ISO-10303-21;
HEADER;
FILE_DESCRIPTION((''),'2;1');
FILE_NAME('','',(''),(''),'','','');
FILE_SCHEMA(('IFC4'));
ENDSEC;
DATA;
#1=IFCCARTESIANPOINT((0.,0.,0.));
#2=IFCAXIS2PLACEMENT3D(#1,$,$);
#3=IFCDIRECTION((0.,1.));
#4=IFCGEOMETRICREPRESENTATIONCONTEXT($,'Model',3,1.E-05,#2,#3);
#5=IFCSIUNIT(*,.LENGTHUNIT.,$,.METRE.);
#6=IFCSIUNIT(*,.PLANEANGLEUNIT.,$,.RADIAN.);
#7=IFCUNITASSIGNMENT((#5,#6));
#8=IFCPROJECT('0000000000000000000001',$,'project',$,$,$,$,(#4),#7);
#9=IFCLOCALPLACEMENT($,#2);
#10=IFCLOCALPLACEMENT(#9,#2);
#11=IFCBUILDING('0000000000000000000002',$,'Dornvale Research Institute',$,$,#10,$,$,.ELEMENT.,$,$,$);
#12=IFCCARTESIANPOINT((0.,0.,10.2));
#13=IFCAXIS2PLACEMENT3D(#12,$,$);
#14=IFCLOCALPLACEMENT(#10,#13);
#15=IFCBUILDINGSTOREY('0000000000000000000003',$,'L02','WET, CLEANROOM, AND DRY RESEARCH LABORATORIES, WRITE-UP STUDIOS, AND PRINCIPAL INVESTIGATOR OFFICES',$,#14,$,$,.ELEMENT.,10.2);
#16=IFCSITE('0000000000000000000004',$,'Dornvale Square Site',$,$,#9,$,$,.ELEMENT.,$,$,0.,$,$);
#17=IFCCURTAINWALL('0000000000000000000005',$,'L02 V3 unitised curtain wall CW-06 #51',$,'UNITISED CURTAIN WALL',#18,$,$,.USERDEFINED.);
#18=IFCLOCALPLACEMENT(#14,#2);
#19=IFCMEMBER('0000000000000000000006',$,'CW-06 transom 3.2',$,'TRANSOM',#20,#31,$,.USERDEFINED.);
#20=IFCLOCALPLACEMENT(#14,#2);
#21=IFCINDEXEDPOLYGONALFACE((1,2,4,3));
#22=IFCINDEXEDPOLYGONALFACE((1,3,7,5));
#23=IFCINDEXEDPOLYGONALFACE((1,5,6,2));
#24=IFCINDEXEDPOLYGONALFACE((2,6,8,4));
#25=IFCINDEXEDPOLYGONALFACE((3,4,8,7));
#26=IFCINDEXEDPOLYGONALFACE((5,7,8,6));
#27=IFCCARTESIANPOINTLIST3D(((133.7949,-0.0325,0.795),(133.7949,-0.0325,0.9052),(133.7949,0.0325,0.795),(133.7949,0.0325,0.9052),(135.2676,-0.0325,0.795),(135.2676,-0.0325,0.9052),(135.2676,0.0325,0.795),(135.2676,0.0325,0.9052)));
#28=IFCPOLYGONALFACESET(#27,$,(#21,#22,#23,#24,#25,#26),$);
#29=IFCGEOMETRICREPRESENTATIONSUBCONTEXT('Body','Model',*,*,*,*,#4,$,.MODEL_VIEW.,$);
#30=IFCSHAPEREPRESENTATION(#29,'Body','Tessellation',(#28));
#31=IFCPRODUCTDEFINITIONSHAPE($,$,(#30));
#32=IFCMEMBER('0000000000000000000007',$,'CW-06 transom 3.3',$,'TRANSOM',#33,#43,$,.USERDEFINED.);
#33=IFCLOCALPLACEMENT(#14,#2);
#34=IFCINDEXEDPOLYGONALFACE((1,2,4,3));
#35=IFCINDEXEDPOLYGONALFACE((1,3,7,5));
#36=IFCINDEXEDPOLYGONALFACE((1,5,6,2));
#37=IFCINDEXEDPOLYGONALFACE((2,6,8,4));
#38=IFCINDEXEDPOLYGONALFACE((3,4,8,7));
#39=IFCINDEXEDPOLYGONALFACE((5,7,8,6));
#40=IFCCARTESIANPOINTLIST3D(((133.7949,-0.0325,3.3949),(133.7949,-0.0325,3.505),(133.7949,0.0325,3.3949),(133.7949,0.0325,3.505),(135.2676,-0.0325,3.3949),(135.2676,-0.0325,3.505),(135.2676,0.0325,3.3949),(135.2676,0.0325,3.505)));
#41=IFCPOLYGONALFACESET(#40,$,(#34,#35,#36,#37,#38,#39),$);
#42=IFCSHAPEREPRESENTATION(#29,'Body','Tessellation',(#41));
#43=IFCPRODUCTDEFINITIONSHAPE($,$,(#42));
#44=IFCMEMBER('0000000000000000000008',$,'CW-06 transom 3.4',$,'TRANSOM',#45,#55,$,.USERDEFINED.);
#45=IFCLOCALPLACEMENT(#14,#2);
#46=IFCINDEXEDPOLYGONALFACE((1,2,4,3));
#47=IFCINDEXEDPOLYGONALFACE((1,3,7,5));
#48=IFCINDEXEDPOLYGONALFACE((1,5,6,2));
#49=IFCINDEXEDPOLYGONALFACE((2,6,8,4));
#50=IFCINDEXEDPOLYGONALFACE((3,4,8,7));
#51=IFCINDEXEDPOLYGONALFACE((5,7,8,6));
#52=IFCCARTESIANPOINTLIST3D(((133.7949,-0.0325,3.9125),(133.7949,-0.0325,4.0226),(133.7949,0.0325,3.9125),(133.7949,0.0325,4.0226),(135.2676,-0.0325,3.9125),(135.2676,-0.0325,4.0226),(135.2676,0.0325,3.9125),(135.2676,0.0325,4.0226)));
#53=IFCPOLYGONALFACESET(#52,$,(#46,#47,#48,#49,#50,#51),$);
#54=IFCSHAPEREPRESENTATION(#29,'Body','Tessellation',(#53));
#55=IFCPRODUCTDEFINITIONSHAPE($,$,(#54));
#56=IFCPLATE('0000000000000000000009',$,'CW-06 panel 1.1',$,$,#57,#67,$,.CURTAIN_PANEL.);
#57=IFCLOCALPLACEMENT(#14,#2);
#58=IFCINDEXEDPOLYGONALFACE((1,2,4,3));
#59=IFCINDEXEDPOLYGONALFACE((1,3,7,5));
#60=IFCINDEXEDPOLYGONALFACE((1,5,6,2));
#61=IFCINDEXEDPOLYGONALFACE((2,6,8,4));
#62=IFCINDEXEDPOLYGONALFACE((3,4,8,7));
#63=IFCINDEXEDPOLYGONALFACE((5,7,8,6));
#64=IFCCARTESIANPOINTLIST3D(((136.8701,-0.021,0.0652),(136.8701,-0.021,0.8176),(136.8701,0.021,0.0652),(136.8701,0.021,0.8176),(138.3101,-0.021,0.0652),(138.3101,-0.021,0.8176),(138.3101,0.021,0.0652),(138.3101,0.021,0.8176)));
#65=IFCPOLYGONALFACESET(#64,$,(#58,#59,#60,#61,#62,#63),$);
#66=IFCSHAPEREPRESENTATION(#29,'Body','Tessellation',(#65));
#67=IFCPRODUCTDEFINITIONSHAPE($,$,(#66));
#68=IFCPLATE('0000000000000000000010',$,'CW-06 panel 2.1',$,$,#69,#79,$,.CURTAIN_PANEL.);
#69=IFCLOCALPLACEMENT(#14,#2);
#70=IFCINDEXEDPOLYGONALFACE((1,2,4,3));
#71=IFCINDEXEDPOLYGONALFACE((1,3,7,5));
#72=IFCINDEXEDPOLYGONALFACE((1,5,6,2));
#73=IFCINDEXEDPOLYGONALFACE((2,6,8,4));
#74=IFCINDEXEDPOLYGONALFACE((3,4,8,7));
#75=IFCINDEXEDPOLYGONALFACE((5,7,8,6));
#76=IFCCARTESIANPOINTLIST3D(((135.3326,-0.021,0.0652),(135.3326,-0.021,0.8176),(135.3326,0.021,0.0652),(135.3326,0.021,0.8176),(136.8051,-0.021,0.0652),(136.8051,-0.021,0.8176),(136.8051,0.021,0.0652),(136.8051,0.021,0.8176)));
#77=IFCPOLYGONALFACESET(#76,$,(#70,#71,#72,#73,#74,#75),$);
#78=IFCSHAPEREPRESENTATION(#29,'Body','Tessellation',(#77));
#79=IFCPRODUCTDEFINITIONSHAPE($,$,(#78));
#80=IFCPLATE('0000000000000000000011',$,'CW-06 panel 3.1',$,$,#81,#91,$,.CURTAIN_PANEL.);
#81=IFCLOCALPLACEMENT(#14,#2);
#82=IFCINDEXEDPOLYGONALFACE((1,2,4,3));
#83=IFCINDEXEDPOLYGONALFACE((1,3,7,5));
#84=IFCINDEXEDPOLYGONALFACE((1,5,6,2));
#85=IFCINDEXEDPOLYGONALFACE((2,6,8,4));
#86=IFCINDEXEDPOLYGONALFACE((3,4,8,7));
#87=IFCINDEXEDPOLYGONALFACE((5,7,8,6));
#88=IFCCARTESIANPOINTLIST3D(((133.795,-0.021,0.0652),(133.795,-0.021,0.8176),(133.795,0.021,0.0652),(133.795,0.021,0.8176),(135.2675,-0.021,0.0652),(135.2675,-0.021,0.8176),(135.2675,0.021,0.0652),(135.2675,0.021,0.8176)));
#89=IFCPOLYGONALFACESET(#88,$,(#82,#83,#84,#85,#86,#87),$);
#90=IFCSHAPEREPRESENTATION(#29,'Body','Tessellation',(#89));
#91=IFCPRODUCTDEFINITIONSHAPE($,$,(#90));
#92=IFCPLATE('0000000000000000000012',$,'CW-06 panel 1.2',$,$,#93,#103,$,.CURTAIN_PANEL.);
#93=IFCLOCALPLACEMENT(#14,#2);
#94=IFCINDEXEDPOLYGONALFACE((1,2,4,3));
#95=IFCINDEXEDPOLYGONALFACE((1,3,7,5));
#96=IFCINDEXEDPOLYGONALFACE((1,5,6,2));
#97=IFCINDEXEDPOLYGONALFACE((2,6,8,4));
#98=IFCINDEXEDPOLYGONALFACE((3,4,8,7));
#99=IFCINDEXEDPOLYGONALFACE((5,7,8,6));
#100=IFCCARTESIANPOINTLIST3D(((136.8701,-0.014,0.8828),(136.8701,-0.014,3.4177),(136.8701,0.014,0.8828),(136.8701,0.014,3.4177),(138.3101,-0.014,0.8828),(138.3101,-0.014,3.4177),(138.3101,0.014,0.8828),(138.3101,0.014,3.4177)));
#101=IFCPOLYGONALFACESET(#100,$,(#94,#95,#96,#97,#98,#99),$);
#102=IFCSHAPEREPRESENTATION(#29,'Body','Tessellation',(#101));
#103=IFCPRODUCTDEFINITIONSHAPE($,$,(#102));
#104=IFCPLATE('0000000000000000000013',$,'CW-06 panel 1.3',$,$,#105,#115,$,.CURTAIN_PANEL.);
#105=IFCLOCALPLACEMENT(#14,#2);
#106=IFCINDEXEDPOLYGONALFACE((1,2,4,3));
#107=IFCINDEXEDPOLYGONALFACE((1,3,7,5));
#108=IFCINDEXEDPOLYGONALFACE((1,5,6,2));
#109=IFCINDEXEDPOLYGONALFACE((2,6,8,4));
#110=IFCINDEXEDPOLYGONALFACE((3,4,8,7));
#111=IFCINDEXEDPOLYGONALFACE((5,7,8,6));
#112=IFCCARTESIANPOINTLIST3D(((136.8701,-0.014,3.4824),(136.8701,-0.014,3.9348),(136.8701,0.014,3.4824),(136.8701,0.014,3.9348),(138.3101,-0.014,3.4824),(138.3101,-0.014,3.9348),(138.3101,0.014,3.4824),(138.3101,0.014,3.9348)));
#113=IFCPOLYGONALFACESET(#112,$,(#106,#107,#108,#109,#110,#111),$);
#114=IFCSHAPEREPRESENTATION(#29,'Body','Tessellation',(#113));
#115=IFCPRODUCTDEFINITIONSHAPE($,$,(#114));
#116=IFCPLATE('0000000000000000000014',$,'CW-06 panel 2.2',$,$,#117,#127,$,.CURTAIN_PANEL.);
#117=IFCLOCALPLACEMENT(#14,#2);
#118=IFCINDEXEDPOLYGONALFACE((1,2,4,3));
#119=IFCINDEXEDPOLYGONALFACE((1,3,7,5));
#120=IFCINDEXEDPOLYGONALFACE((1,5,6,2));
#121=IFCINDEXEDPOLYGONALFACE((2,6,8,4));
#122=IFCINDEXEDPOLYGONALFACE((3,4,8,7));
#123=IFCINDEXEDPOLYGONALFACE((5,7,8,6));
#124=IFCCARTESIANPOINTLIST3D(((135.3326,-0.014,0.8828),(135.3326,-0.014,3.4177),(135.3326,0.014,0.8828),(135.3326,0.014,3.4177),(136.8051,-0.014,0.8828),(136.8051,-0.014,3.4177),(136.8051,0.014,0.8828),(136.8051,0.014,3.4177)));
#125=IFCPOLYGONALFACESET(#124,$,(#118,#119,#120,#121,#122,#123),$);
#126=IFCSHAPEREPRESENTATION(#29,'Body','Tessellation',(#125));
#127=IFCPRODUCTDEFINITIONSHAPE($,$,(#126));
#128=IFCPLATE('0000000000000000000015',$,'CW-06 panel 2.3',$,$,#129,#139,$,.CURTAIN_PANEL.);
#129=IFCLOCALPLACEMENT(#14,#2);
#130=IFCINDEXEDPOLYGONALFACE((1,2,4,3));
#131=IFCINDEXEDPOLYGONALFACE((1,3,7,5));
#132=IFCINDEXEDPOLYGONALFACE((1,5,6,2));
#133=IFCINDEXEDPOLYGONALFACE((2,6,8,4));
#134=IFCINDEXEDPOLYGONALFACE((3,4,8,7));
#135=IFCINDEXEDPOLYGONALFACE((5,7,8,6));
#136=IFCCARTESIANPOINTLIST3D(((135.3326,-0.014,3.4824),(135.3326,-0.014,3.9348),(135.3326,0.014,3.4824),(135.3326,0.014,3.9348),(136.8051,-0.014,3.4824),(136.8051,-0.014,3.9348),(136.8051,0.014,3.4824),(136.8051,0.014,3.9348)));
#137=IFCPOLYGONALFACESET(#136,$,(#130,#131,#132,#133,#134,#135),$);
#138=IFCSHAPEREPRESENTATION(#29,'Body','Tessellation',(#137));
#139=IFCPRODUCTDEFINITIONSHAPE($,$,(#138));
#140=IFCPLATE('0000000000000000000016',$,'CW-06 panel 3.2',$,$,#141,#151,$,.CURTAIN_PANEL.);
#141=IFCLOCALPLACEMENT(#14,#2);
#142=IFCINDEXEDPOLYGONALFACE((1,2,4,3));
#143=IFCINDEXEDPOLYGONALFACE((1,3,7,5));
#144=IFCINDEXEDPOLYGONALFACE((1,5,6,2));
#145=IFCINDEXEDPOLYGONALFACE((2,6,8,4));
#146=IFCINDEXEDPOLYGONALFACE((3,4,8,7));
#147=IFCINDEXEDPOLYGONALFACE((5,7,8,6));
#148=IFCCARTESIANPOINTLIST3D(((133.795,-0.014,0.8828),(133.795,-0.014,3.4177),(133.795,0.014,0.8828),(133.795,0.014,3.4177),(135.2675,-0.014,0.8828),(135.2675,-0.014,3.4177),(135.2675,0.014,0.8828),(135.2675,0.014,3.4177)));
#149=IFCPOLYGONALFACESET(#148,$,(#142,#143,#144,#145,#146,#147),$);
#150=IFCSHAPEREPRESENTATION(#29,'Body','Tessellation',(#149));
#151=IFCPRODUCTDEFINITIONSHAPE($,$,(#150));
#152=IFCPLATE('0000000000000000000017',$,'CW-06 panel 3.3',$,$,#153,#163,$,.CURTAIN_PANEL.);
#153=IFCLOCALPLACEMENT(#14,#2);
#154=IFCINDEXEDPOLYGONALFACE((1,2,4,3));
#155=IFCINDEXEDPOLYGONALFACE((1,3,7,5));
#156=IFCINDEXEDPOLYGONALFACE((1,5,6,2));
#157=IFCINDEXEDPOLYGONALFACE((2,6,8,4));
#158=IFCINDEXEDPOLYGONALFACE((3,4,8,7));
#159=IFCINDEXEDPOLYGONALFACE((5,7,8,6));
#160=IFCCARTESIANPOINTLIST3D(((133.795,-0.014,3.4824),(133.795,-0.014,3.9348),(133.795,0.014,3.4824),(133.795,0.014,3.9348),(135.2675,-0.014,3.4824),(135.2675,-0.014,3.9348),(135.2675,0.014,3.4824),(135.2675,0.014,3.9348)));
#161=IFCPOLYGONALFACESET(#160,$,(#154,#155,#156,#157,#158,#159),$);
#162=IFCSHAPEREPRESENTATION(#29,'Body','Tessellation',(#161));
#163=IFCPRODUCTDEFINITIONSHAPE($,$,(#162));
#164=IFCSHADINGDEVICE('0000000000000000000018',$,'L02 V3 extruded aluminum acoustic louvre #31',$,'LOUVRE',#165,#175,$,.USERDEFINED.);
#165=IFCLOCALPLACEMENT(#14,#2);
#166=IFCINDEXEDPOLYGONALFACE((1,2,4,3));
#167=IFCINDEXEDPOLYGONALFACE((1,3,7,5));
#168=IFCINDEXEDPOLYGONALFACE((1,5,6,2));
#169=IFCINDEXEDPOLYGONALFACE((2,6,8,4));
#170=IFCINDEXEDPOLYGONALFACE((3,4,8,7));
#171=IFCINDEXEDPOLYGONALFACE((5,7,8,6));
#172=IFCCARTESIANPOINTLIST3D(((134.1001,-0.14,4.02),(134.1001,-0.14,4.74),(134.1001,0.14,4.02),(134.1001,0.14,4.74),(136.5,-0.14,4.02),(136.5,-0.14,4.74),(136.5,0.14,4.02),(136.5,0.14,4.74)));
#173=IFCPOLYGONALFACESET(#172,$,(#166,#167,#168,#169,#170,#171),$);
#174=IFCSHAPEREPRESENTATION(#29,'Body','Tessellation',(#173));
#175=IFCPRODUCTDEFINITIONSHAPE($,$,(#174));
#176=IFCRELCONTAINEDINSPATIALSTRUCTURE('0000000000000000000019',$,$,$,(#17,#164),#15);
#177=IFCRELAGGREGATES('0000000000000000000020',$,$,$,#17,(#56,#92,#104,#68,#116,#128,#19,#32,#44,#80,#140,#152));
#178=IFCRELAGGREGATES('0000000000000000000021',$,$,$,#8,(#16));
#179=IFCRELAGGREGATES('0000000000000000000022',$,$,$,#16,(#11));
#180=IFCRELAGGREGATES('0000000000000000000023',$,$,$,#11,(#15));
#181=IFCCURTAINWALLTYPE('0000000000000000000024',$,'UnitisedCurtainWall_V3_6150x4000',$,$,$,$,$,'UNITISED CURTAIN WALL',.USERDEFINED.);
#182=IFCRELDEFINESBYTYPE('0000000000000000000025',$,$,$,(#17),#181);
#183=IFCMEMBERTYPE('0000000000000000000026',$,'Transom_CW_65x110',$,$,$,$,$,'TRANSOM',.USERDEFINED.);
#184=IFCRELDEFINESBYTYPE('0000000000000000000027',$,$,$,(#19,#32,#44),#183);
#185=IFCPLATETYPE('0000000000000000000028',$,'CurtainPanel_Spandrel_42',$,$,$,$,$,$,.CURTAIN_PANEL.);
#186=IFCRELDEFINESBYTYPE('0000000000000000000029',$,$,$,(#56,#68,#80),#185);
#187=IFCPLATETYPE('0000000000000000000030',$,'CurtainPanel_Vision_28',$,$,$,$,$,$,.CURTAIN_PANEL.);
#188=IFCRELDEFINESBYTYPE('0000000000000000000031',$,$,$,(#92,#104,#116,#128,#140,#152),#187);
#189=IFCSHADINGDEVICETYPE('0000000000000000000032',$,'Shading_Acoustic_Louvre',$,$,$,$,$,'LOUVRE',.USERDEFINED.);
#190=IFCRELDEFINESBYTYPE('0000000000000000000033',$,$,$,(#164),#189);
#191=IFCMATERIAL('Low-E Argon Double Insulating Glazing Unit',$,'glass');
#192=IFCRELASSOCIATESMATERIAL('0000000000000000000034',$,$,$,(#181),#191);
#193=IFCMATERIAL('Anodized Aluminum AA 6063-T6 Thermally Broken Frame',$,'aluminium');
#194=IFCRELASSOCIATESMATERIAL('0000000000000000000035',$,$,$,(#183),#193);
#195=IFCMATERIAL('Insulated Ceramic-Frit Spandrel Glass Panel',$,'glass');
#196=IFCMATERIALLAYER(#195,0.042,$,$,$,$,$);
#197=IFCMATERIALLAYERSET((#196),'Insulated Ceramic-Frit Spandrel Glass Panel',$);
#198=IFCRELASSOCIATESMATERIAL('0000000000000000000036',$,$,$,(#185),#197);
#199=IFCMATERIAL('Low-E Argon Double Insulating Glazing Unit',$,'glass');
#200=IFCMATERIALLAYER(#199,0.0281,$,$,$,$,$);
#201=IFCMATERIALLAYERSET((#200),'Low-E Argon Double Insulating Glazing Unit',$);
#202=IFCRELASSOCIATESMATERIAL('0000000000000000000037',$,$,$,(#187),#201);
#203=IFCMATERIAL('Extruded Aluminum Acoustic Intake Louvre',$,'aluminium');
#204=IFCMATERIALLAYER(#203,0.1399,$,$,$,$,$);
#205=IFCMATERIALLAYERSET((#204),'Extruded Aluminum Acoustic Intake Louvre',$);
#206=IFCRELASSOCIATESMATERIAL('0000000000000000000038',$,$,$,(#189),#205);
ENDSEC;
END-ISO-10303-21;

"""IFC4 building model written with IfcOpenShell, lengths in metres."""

from ifc_helpers import new_model, si_unit, direction, frame, origin, origin_2d, place, context, subcontext, project, spatial, rectangle, extrude, material, layer, layer_set, material_profile, profile_set, type_object, element, aggregate, save


model = new_model("IFC4")

# Units and contexts
model_context = context("Model", 3, precision=1e-05, world=origin(), true_north=direction((0.0, 1.0)))
body_context = subcontext(model_context, "Body", "Model", "MODEL_VIEW")
ifc_project = project(units=[si_unit("LENGTHUNIT", "METRE"), si_unit("PLANEANGLEUNIT", "RADIAN")], contexts=[model_context])

# Site, building, storey
site_placement = place(None, origin())
site = spatial("IfcSite", under=ifc_project, at=site_placement, Name="Dornvale Square Site", CompositionType="ELEMENT", RefElevation=0.0)
building_placement = place(site_placement, origin())
building = spatial("IfcBuilding", under=site, at=building_placement, Name="Dornvale Research Institute", CompositionType="ELEMENT")
storey_placement = place(building_placement, frame((0.0, 0.0, 10.2)))
storey = spatial("IfcBuildingStorey", under=building, at=storey_placement, Name="L02", Description="WET, CLEANROOM, AND DRY RESEARCH LABORATORIES, WRITE-UP STUDIOS, AND PRINCIPAL INVESTIGATOR OFFICES", CompositionType="ELEMENT", Elevation=10.2)

# Curtain wall, members, plates
ifc_material_1 = material(Name="Low-E Argon Double Insulating Glazing Unit", Category="glass")
curtain_wall_type = type_object("IfcCurtainWallType", Name="UnitisedCurtainWall_V3_6150x4000", ElementType="UNITISED CURTAIN WALL", PredefinedType="USERDEFINED", material=ifc_material_1)
curtain_wall_placement = place(storey_placement, origin())
curtain_wall = element("IfcCurtainWall", 1, at=curtain_wall_placement, inside=storey, type_object=curtain_wall_type, Name="L02 V3 unitised curtain wall CW-06 #51", ObjectType="UNITISED CURTAIN WALL", PredefinedType="USERDEFINED")
ifc_material_2 = material(Name="Anodized Aluminum AA 6063-T6 Thermally Broken Frame", Category="aluminium")
ifc_material_profile_1 = material_profile(ifc_material_2, rectangle(XDim=0.0649, YDim=0.1101, at=origin_2d()), Name="ALU TRANSOM 65x110")
ifc_profile_set_1 = profile_set([ifc_material_profile_1], Name="Anodized Aluminum AA 6063-T6 Thermally Broken Frame")
member_type_1 = type_object("IfcMemberType", Name="Transom_CW_65x110", ElementType="TRANSOM", PredefinedType="USERDEFINED", material=ifc_profile_set_1)
member_1_placement = place(storey_placement, frame((135.2676, 0.0, 0.8501), z_axis=(-1.0, 0.0, 0.0), x_axis=(0.0, -1.0, 0.0)))
member_1 = element("IfcMember", 2, at=member_1_placement, type_object=member_type_1, Name="CW-06 transom 3.2", ObjectType="TRANSOM", PredefinedType="USERDEFINED", context=body_context, shape_type="SweptSolid", body=[
    extrude(rectangle(XDim=0.0649, YDim=0.1101, at=origin_2d()), origin(), (0.0, 0.0, 1.0), 1.4727),
])
member_2_placement = place(storey_placement, frame((135.2676, 0.0, 3.45), z_axis=(-1.0, 0.0, 0.0), x_axis=(0.0, -1.0, 0.0)))
member_2 = element("IfcMember", 3, at=member_2_placement, type_object=member_type_1, Name="CW-06 transom 3.3", ObjectType="TRANSOM", PredefinedType="USERDEFINED", context=body_context, shape_type="SweptSolid", body=[
    extrude(rectangle(XDim=0.0649, YDim=0.1101, at=origin_2d()), origin(), (0.0, 0.0, 1.0), 1.4727),
])
member_3_placement = place(storey_placement, frame((135.2676, 0.0, 3.9675), z_axis=(-1.0, 0.0, 0.0), x_axis=(0.0, -1.0, 0.0)))
member_3 = element("IfcMember", 4, at=member_3_placement, type_object=member_type_1, Name="CW-06 transom 3.4", ObjectType="TRANSOM", PredefinedType="USERDEFINED", context=body_context, shape_type="SweptSolid", body=[
    extrude(rectangle(XDim=0.0649, YDim=0.1101, at=origin_2d()), origin(), (0.0, 0.0, 1.0), 1.4727),
])
ifc_material_3 = material(Name="Insulated Ceramic-Frit Spandrel Glass Panel", Category="glass")
ifc_layer_1 = layer(ifc_material_3, 0.042)
ifc_layer_set_1 = layer_set([ifc_layer_1], Name="Insulated Ceramic-Frit Spandrel Glass Panel")
plate_type_1 = type_object("IfcPlateType", Name="CurtainPanel_Spandrel_42", PredefinedType="CURTAIN_PANEL", material=ifc_layer_set_1)
plate_1_placement = place(storey_placement, frame((137.5901, 0.0, 0.0652), z_axis=(0.0, 0.0, 1.0), x_axis=(-1.0, 0.0, 0.0)))
plate_1 = element("IfcPlate", 5, at=plate_1_placement, type_object=plate_type_1, Name="CW-06 panel 1.1", PredefinedType="CURTAIN_PANEL", context=body_context, shape_type="SweptSolid", body=[
    extrude(rectangle(XDim=1.4399, YDim=0.042, at=origin_2d()), origin(), (0.0, 0.0, 1.0), 0.7524),
])
plate_2_placement = place(storey_placement, frame((136.0688, 0.0, 0.0652), z_axis=(0.0, 0.0, 1.0), x_axis=(-1.0, 0.0, 0.0)))
plate_2 = element("IfcPlate", 6, at=plate_2_placement, type_object=plate_type_1, Name="CW-06 panel 2.1", PredefinedType="CURTAIN_PANEL", context=body_context, shape_type="SweptSolid", body=[
    extrude(rectangle(XDim=1.4724, YDim=0.042, at=origin_2d()), origin(), (0.0, 0.0, 1.0), 0.7524),
])
plate_3_placement = place(storey_placement, frame((134.5312, 0.0, 0.0652), z_axis=(0.0, 0.0, 1.0), x_axis=(-1.0, 0.0, 0.0)))
plate_3 = element("IfcPlate", 7, at=plate_3_placement, type_object=plate_type_1, Name="CW-06 panel 3.1", PredefinedType="CURTAIN_PANEL", context=body_context, shape_type="SweptSolid", body=[
    extrude(rectangle(XDim=1.4724, YDim=0.042, at=origin_2d()), origin(), (0.0, 0.0, 1.0), 0.7524),
])
ifc_material_4 = material(Name="Low-E Argon Double Insulating Glazing Unit", Category="glass")
ifc_layer_2 = layer(ifc_material_4, 0.0281)
ifc_layer_set_2 = layer_set([ifc_layer_2], Name="Low-E Argon Double Insulating Glazing Unit")
plate_type_2 = type_object("IfcPlateType", Name="CurtainPanel_Vision_28", PredefinedType="CURTAIN_PANEL", material=ifc_layer_set_2)
plate_4_placement = place(storey_placement, frame((137.5901, 0.0, 0.8828), z_axis=(0.0, 0.0, 1.0), x_axis=(-1.0, 0.0, 0.0)))
plate_4 = element("IfcPlate", 8, at=plate_4_placement, type_object=plate_type_2, Name="CW-06 panel 1.2", PredefinedType="CURTAIN_PANEL", context=body_context, shape_type="SweptSolid", body=[
    extrude(rectangle(XDim=1.4399, YDim=0.0281, at=origin_2d()), origin(), (0.0, 0.0, 1.0), 2.5349),
])
plate_5_placement = place(storey_placement, frame((137.5901, 0.0, 3.4824), z_axis=(0.0, 0.0, 1.0), x_axis=(-1.0, 0.0, 0.0)))
plate_5 = element("IfcPlate", 9, at=plate_5_placement, type_object=plate_type_2, Name="CW-06 panel 1.3", PredefinedType="CURTAIN_PANEL", context=body_context, shape_type="SweptSolid", body=[
    extrude(rectangle(XDim=1.4399, YDim=0.0281, at=origin_2d()), origin(), (0.0, 0.0, 1.0), 0.4524),
])
plate_6_placement = place(storey_placement, frame((136.0688, 0.0, 0.8828), z_axis=(0.0, 0.0, 1.0), x_axis=(-1.0, 0.0, 0.0)))
plate_6 = element("IfcPlate", 10, at=plate_6_placement, type_object=plate_type_2, Name="CW-06 panel 2.2", PredefinedType="CURTAIN_PANEL", context=body_context, shape_type="SweptSolid", body=[
    extrude(rectangle(XDim=1.4724, YDim=0.0281, at=origin_2d()), origin(), (0.0, 0.0, 1.0), 2.5349),
])
plate_7_placement = place(storey_placement, frame((136.0688, 0.0, 3.4824), z_axis=(0.0, 0.0, 1.0), x_axis=(-1.0, 0.0, 0.0)))
plate_7 = element("IfcPlate", 11, at=plate_7_placement, type_object=plate_type_2, Name="CW-06 panel 2.3", PredefinedType="CURTAIN_PANEL", context=body_context, shape_type="SweptSolid", body=[
    extrude(rectangle(XDim=1.4724, YDim=0.0281, at=origin_2d()), origin(), (0.0, 0.0, 1.0), 0.4524),
])
plate_8_placement = place(storey_placement, frame((134.5312, 0.0, 0.8828), z_axis=(0.0, 0.0, 1.0), x_axis=(-1.0, 0.0, 0.0)))
plate_8 = element("IfcPlate", 12, at=plate_8_placement, type_object=plate_type_2, Name="CW-06 panel 3.2", PredefinedType="CURTAIN_PANEL", context=body_context, shape_type="SweptSolid", body=[
    extrude(rectangle(XDim=1.4724, YDim=0.0281, at=origin_2d()), origin(), (0.0, 0.0, 1.0), 2.5349),
])
plate_9_placement = place(storey_placement, frame((134.5312, 0.0, 3.4824), z_axis=(0.0, 0.0, 1.0), x_axis=(-1.0, 0.0, 0.0)))
plate_9 = element("IfcPlate", 13, at=plate_9_placement, type_object=plate_type_2, Name="CW-06 panel 3.3", PredefinedType="CURTAIN_PANEL", context=body_context, shape_type="SweptSolid", body=[
    extrude(rectangle(XDim=1.4724, YDim=0.0281, at=origin_2d()), origin(), (0.0, 0.0, 1.0), 0.4524),
])
aggregate(curtain_wall, [plate_1, plate_4, plate_5, plate_2, plate_6, plate_7, member_1, member_2, member_3, plate_3, plate_8, plate_9])

# Shading device
ifc_material_5 = material(Name="Extruded Aluminum Acoustic Intake Louvre", Category="aluminium")
ifc_layer_3 = layer(ifc_material_5, 0.1399)
ifc_layer_set_3 = layer_set([ifc_layer_3], Name="Extruded Aluminum Acoustic Intake Louvre")
shading_device_type = type_object("IfcShadingDeviceType", Name="Shading_Acoustic_Louvre", ElementType="LOUVRE", PredefinedType="USERDEFINED", material=ifc_layer_set_3)
shading_device_placement = place(storey_placement, frame((135.3, 0.0, 4.02), z_axis=(0.0, 0.0, 1.0), x_axis=(1.0, 0.0, 0.0)))
element("IfcShadingDevice", 14, at=shading_device_placement, inside=storey, type_object=shading_device_type, Name="L02 V3 extruded aluminum acoustic louvre #31", ObjectType="LOUVRE", PredefinedType="USERDEFINED", context=body_context, shape_type="SweptSolid", body=[
    extrude(rectangle(XDim=2.3999, YDim=0.28, at=origin_2d()), origin(), (0.0, 0.0, 1.0), 0.72),
])

save(model, "model.ifc")
